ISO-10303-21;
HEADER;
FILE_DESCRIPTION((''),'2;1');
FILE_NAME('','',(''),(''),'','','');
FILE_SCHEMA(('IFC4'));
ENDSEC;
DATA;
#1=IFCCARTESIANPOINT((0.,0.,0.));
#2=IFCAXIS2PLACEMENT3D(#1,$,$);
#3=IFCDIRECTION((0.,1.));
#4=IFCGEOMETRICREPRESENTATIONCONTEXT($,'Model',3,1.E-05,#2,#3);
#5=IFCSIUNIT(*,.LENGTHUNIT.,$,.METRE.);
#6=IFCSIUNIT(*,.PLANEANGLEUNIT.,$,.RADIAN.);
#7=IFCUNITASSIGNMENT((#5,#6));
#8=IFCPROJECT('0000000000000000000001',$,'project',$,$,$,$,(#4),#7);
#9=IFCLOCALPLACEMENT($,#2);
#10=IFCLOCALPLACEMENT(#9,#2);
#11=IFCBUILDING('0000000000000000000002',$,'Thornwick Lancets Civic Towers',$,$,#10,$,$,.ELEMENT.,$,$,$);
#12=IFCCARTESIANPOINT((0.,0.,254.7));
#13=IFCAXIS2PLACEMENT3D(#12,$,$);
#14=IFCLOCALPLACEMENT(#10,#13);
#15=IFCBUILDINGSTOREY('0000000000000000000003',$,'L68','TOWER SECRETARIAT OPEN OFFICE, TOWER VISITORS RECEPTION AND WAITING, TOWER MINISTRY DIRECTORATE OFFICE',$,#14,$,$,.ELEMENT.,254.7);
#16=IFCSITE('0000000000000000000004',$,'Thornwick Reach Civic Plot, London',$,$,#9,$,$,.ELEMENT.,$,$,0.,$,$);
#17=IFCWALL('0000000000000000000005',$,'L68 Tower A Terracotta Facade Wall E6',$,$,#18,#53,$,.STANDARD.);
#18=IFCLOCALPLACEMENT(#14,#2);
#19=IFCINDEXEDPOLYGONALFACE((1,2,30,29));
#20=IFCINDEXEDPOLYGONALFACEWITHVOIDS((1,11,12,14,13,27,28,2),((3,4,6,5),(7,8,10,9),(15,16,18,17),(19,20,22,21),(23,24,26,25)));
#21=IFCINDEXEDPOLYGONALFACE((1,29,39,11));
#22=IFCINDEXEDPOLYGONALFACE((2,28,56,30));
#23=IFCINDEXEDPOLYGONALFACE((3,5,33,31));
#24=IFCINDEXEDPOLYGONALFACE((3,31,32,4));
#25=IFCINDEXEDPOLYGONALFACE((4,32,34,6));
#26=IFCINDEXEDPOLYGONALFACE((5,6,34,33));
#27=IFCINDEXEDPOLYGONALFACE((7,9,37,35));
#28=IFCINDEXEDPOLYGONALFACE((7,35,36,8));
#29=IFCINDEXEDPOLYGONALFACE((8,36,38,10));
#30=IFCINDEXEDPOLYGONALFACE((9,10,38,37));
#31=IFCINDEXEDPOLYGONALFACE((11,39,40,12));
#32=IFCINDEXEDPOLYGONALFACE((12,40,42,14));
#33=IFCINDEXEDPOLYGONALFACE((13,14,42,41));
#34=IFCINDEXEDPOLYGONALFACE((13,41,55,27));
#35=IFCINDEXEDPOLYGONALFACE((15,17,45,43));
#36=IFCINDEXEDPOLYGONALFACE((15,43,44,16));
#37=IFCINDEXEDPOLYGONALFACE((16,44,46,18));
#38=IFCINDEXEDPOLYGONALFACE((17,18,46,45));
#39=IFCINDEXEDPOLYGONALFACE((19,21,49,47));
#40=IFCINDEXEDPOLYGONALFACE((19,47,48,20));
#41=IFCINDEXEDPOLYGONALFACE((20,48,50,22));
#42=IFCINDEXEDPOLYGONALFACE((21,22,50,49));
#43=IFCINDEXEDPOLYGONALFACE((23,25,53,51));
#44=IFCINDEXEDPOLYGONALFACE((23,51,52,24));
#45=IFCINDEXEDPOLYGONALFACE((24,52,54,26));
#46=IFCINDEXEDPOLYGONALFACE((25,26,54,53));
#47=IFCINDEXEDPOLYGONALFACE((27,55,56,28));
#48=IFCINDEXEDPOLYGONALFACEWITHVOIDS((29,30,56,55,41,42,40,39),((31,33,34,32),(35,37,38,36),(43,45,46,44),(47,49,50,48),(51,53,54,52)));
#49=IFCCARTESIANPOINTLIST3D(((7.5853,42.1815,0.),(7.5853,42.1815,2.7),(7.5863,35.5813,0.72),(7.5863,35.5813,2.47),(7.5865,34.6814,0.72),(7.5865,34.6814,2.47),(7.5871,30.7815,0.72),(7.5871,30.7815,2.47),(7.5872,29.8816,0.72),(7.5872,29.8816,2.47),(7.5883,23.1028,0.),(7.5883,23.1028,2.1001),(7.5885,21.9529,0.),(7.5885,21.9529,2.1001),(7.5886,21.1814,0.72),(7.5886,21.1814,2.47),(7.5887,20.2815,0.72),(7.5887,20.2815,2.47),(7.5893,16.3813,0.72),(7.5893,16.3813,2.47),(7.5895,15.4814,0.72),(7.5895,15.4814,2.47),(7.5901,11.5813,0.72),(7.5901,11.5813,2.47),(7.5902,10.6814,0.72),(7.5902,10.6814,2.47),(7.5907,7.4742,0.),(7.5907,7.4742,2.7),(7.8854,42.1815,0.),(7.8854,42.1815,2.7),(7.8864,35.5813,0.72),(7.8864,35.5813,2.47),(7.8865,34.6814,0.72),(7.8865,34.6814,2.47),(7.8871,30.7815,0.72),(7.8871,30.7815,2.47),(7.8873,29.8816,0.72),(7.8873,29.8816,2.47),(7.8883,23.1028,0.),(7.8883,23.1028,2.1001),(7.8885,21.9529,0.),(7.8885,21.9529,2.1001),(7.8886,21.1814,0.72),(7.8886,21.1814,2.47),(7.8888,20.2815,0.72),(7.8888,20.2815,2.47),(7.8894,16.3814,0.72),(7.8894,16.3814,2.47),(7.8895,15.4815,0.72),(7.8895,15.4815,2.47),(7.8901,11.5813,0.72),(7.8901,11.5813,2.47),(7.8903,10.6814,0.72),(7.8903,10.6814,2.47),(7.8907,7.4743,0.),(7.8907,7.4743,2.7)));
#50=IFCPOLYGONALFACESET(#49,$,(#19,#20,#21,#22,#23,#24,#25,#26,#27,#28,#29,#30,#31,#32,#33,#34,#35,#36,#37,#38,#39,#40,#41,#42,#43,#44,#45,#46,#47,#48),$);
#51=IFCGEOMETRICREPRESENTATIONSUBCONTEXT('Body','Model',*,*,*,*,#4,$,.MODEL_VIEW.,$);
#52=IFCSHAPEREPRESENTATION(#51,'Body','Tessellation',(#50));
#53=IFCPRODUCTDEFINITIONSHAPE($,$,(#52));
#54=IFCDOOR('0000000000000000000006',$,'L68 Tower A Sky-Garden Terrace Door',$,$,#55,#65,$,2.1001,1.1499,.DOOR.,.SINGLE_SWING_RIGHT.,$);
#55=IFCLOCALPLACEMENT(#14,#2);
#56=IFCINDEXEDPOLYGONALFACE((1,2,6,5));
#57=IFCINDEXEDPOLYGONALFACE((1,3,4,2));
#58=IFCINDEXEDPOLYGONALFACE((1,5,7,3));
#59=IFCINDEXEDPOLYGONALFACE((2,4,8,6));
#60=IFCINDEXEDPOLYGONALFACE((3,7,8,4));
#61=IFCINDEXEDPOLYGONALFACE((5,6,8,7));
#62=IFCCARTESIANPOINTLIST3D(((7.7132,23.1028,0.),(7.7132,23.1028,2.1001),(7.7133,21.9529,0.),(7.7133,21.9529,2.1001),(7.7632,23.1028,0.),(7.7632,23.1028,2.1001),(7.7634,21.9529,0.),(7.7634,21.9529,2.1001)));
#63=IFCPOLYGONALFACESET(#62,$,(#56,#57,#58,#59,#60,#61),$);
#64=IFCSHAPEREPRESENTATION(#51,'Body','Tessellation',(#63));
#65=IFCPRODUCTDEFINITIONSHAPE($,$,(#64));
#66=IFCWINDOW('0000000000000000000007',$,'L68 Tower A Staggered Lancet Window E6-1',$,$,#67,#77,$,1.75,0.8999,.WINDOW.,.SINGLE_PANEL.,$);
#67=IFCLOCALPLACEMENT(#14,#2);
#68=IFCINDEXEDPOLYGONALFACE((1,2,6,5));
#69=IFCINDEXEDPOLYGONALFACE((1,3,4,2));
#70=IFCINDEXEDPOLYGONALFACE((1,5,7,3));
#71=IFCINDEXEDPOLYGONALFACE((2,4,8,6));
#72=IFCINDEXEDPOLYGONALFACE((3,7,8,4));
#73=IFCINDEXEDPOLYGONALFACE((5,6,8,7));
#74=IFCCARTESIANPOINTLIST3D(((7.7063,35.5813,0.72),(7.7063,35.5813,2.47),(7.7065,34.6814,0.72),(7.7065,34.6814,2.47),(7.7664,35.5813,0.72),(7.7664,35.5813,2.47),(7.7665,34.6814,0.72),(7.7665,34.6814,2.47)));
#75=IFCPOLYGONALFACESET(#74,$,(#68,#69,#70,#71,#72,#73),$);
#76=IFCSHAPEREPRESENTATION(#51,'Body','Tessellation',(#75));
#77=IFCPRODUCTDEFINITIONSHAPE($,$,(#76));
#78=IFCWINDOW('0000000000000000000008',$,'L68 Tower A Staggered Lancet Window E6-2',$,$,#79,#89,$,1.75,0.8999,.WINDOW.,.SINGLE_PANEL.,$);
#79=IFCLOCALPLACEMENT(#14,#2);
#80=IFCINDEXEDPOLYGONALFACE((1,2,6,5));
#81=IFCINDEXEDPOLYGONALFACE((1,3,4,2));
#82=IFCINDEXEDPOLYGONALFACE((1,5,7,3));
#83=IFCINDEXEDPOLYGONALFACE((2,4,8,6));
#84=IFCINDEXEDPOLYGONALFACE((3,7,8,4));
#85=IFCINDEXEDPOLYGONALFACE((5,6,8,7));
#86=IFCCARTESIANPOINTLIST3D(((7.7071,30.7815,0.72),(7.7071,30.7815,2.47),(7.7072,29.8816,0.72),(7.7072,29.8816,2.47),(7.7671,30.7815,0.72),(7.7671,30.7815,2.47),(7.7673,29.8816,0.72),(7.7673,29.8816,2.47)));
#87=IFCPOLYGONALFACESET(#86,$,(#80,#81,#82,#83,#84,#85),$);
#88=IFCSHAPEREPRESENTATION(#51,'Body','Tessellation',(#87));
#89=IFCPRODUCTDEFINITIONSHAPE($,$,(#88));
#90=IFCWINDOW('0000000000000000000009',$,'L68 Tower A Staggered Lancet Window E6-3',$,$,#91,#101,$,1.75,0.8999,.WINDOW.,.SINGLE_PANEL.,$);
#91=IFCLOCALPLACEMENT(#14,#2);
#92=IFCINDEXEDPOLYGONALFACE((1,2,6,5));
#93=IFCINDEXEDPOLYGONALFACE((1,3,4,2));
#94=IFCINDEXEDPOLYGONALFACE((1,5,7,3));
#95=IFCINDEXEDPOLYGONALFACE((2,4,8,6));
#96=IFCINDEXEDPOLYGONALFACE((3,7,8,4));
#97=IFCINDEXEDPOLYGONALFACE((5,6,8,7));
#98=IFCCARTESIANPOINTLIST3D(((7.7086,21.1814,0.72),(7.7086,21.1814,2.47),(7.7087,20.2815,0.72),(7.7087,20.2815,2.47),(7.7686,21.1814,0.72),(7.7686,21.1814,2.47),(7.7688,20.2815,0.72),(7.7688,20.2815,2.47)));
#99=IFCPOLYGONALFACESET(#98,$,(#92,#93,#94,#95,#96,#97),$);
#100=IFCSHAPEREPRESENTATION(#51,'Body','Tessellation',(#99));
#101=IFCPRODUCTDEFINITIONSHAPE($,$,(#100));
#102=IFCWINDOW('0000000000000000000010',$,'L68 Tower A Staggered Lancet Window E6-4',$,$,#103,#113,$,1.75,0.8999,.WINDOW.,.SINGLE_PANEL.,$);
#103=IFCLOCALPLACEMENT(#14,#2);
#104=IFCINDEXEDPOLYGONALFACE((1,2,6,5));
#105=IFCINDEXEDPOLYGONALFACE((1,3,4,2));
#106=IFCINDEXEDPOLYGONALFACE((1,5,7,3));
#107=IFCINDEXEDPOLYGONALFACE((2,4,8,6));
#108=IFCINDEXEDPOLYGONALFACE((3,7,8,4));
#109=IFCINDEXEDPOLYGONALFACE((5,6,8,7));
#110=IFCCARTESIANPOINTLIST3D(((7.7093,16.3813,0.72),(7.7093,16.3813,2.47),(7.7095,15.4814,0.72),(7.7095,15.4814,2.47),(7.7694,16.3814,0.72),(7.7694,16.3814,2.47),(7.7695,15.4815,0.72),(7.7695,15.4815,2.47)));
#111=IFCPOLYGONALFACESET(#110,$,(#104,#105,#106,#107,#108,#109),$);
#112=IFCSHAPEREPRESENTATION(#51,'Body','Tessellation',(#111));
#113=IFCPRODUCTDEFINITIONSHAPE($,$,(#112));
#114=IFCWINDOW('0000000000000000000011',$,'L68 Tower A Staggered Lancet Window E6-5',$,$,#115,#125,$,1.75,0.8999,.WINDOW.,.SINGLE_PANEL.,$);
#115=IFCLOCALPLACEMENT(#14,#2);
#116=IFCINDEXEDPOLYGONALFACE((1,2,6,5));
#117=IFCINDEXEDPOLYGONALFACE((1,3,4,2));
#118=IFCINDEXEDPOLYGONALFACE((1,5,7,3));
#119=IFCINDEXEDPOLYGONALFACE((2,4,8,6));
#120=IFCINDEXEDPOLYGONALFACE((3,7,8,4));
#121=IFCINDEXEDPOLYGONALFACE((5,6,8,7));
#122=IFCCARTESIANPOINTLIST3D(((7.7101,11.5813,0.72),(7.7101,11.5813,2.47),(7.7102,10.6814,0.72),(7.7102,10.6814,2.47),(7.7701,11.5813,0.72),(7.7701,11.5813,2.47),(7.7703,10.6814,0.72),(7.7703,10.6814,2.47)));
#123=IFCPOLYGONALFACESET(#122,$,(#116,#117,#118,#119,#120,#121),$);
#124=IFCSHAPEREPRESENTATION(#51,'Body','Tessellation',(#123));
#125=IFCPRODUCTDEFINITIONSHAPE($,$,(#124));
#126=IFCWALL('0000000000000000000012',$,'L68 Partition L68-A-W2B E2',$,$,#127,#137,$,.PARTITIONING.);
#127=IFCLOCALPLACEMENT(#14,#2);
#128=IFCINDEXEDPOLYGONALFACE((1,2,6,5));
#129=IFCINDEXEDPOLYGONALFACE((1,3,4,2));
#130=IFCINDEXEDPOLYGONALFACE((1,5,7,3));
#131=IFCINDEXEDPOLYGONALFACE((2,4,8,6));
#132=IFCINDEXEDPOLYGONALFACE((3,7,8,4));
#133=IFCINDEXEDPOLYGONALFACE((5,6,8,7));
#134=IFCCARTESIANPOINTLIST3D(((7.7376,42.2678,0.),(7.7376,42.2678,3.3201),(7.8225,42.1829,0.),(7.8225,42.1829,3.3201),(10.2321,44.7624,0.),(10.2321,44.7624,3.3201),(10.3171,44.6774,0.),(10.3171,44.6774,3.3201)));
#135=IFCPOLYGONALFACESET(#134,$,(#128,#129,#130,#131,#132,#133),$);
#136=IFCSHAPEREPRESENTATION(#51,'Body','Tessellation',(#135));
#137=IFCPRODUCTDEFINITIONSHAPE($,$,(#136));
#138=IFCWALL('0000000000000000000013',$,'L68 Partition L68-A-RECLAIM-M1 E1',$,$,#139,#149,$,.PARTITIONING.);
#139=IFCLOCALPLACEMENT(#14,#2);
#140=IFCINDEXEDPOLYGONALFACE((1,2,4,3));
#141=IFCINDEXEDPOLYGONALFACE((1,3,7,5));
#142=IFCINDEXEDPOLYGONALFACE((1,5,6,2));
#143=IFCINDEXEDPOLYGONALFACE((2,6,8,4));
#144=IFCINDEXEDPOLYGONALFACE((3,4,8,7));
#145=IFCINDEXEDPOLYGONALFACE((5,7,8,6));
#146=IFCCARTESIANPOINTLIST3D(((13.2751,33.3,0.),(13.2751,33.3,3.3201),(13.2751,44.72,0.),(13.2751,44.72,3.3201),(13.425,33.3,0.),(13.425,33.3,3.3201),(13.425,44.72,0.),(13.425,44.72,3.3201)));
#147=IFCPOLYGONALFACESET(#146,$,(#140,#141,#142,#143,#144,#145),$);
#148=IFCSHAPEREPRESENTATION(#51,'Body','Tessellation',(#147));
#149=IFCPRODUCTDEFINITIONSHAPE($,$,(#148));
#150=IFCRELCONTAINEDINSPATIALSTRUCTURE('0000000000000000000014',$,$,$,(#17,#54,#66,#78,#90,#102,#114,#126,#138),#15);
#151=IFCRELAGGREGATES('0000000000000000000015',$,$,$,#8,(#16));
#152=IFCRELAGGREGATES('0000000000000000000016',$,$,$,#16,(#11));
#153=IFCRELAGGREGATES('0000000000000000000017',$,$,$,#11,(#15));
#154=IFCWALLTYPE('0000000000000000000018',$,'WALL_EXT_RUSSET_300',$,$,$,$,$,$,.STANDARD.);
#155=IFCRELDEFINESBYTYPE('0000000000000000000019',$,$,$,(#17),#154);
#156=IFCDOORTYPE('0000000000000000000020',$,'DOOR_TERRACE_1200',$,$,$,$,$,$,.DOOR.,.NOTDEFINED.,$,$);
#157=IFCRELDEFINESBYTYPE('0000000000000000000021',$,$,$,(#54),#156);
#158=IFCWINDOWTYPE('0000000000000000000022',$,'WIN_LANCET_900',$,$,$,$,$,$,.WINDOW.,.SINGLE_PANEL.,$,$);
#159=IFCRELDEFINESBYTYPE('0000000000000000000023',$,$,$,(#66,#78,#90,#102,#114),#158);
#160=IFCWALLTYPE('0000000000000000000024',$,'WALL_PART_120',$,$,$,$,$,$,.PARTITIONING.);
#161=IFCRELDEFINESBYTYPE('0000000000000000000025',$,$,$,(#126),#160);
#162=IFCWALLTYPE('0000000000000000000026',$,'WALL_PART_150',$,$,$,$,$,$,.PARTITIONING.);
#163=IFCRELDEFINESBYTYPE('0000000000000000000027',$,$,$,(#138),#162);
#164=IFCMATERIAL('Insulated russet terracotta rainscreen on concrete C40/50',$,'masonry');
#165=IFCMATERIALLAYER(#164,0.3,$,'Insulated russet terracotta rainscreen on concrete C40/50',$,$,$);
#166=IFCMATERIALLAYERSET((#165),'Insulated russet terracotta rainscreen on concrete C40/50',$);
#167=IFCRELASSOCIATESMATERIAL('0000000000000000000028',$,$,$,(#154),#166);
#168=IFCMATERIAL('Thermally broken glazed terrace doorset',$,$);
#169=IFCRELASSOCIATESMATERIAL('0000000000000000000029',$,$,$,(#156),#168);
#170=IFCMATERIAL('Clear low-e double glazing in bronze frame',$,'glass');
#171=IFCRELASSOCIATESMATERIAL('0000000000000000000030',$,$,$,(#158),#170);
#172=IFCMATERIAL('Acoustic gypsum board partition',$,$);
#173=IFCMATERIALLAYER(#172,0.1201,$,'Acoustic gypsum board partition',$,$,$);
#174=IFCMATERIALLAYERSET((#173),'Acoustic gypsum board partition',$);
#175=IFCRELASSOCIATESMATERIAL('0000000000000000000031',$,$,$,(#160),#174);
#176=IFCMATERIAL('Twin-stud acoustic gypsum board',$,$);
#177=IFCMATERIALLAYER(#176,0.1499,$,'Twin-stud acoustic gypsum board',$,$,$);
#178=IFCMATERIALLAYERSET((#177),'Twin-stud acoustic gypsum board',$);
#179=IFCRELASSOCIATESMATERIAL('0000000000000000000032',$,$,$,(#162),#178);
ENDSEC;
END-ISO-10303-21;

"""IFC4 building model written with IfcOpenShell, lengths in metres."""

from ifc_helpers import new_model, si_unit, direction, frame, frame_2d, origin, place, context, subcontext, project, spatial, rectangle, extrude, material, layer, layer_set, type_object, element, fill, save


model = new_model("IFC4")

# Units and contexts
model_context = context("Model", 3, precision=1e-05, world=origin(), true_north=direction((0.0, 1.0)))
body_context = subcontext(model_context, "Body", "Model", "MODEL_VIEW")
ifc_project = project(units=[si_unit("LENGTHUNIT", "METRE"), si_unit("PLANEANGLEUNIT", "RADIAN")], contexts=[model_context])

# Site, building, storey
site_placement = place(None, origin())
site = spatial("IfcSite", under=ifc_project, at=site_placement, Name="Thornwick Reach Civic Plot, London", CompositionType="ELEMENT", RefElevation=0.0)
building_placement = place(site_placement, origin())
building = spatial("IfcBuilding", under=site, at=building_placement, Name="Thornwick Lancets Civic Towers", CompositionType="ELEMENT")
storey_placement = place(building_placement, frame((0.0, 0.0, 254.7)))
storey = spatial("IfcBuildingStorey", under=building, at=storey_placement, Name="L68", Description="TOWER SECRETARIAT OPEN OFFICE, TOWER VISITORS RECEPTION AND WAITING, TOWER MINISTRY DIRECTORATE OFFICE", CompositionType="ELEMENT", Elevation=254.7)

# Wall, openings, door, windows
ifc_material_1 = material(Name="Insulated russet terracotta rainscreen on concrete C40/50", Category="masonry")
ifc_layer_1 = layer(ifc_material_1, 0.3, Name="Insulated russet terracotta rainscreen on concrete C40/50")
ifc_layer_set_1 = layer_set([ifc_layer_1], Name="Insulated russet terracotta rainscreen on concrete C40/50")
wall_type_1 = type_object("IfcWallType", Name="WALL_EXT_RUSSET_300", PredefinedType="STANDARD", material=ifc_layer_set_1)
wall_1_placement = place(storey_placement, frame((7.7354, 42.1814, 0.0), z_axis=(0.0, 0.0, 1.0), x_axis=(0.000155, -1.0, 0.0)))
wall_1 = element("IfcWall", 1, at=wall_1_placement, inside=storey, type_object=wall_type_1, Name="L68 Tower A Terracotta Facade Wall E6", PredefinedType="STANDARD", context=body_context, shape_type="SweptSolid", body=[
    extrude(rectangle(XDim=34.7073, YDim=0.3, at=frame_2d((17.3535, 0.0))), origin(), (0.0, 0.0, 1.0), 2.7),
])
opening_1_placement = place(wall_1_placement, frame((19.0786, 0.0, 0.0)))
opening_1 = element("IfcOpeningElement", 2, at=opening_1_placement, cuts=wall_1, PredefinedType="OPENING", context=body_context, shape_type="SweptSolid", body=[
    extrude(rectangle(XDim=1.1499, YDim=2.1001, at=frame_2d((0.575, 1.05))), frame((0.0, 0.1602, 0.0), z_axis=(0.0, -1.0, 0.0), x_axis=(1.0, 0.0, 0.0)), (0.0, 0.0, 1.0), 0.3201),
])
opening_2_placement = place(wall_1_placement, frame((6.6001, 0.0, 0.72)))
opening_2 = element("IfcOpeningElement", 3, at=opening_2_placement, cuts=wall_1, PredefinedType="OPENING", context=body_context, shape_type="SweptSolid", body=[
    extrude(rectangle(XDim=0.8999, YDim=1.75, at=frame_2d((0.45, 0.875))), frame((0.0, 0.1602, 0.0), z_axis=(0.0, -1.0, 0.0), x_axis=(1.0, 0.0, 0.0)), (0.0, 0.0, 1.0), 0.3201),
])
opening_3_placement = place(wall_1_placement, frame((11.3999, 0.0, 0.72)))
opening_3 = element("IfcOpeningElement", 4, at=opening_3_placement, cuts=wall_1, PredefinedType="OPENING", context=body_context, shape_type="SweptSolid", body=[
    extrude(rectangle(XDim=0.8999, YDim=1.75, at=frame_2d((0.45, 0.875))), frame((0.0, 0.1602, 0.0), z_axis=(0.0, -1.0, 0.0), x_axis=(1.0, 0.0, 0.0)), (0.0, 0.0, 1.0), 0.3201),
])
opening_4_placement = place(wall_1_placement, frame((21.0, 0.0, 0.72)))
opening_4 = element("IfcOpeningElement", 5, at=opening_4_placement, cuts=wall_1, PredefinedType="OPENING", context=body_context, shape_type="SweptSolid", body=[
    extrude(rectangle(XDim=0.8999, YDim=1.75, at=frame_2d((0.45, 0.875))), frame((0.0, 0.1602, 0.0), z_axis=(0.0, -1.0, 0.0), x_axis=(1.0, 0.0, 0.0)), (0.0, 0.0, 1.0), 0.3201),
])
opening_5_placement = place(wall_1_placement, frame((25.8, 0.0, 0.72)))
opening_5 = element("IfcOpeningElement", 6, at=opening_5_placement, cuts=wall_1, PredefinedType="OPENING", context=body_context, shape_type="SweptSolid", body=[
    extrude(rectangle(XDim=0.8999, YDim=1.75, at=frame_2d((0.45, 0.875))), frame((0.0, 0.1602, 0.0), z_axis=(0.0, -1.0, 0.0), x_axis=(1.0, 0.0, 0.0)), (0.0, 0.0, 1.0), 0.3201),
])
opening_6_placement = place(wall_1_placement, frame((30.6001, 0.0, 0.72)))
opening_6 = element("IfcOpeningElement", 7, at=opening_6_placement, cuts=wall_1, PredefinedType="OPENING", context=body_context, shape_type="SweptSolid", body=[
    extrude(rectangle(XDim=0.8999, YDim=1.75, at=frame_2d((0.45, 0.875))), frame((0.0, 0.1602, 0.0), z_axis=(0.0, -1.0, 0.0), x_axis=(1.0, 0.0, 0.0)), (0.0, 0.0, 1.0), 0.3201),
])
ifc_material_2 = material(Name="Thermally broken glazed terrace doorset")
door_type_1 = type_object("IfcDoorType", Name="DOOR_TERRACE_1200", OperationType="NOTDEFINED", PredefinedType="DOOR", material=ifc_material_2)
door_1_placement = place(opening_1_placement, origin())
door_1 = element("IfcDoor", 8, at=door_1_placement, inside=storey, type_object=door_type_1, Name="L68 Tower A Sky-Garden Terrace Door", OperationType="SINGLE_SWING_RIGHT", OverallHeight=2.1001, OverallWidth=1.1499, PredefinedType="DOOR", context=body_context, shape_type="SweptSolid", body=[
    extrude(rectangle(XDim=1.1499, YDim=2.1001, at=frame_2d((0.575, 1.05))), frame((0.0, 0.0249, 0.0), z_axis=(0.0, -1.0, 0.0), x_axis=(1.0, 0.0, 0.0)), (0.0, 0.0, 1.0), 0.05),
])
fill(opening_1, door_1)
ifc_material_3 = material(Name="Clear low-e double glazing in bronze frame", Category="glass")
window_type = type_object("IfcWindowType", Name="WIN_LANCET_900", PartitioningType="SINGLE_PANEL", PredefinedType="WINDOW", material=ifc_material_3)
window_1_placement = place(opening_2_placement, origin())
window_1 = element("IfcWindow", 9, at=window_1_placement, inside=storey, type_object=window_type, Name="L68 Tower A Staggered Lancet Window E6-1", OverallHeight=1.75, OverallWidth=0.8999, PartitioningType="SINGLE_PANEL", PredefinedType="WINDOW", context=body_context, shape_type="SweptSolid", body=[
    extrude(rectangle(XDim=0.8999, YDim=1.75, at=frame_2d((0.45, 0.875))), frame((0.0, 0.03, 0.0), z_axis=(0.0, -1.0, 0.0), x_axis=(1.0, 0.0, 0.0)), (0.0, 0.0, 1.0), 0.0601),
])
fill(opening_2, window_1)
window_2_placement = place(opening_3_placement, origin())
window_2 = element("IfcWindow", 10, at=window_2_placement, inside=storey, type_object=window_type, Name="L68 Tower A Staggered Lancet Window E6-2", OverallHeight=1.75, OverallWidth=0.8999, PartitioningType="SINGLE_PANEL", PredefinedType="WINDOW", context=body_context, shape_type="SweptSolid", body=[
    extrude(rectangle(XDim=0.8999, YDim=1.75, at=frame_2d((0.45, 0.875))), frame((0.0, 0.03, 0.0), z_axis=(0.0, -1.0, 0.0), x_axis=(1.0, 0.0, 0.0)), (0.0, 0.0, 1.0), 0.0601),
])
fill(opening_3, window_2)
window_3_placement = place(opening_4_placement, origin())
window_3 = element("IfcWindow", 11, at=window_3_placement, inside=storey, type_object=window_type, Name="L68 Tower A Staggered Lancet Window E6-3", OverallHeight=1.75, OverallWidth=0.8999, PartitioningType="SINGLE_PANEL", PredefinedType="WINDOW", context=body_context, shape_type="SweptSolid", body=[
    extrude(rectangle(XDim=0.8999, YDim=1.75, at=frame_2d((0.45, 0.875))), frame((0.0, 0.03, 0.0), z_axis=(0.0, -1.0, 0.0), x_axis=(1.0, 0.0, 0.0)), (0.0, 0.0, 1.0), 0.0601),
])
fill(opening_4, window_3)
window_4_placement = place(opening_5_placement, origin())
window_4 = element("IfcWindow", 12, at=window_4_placement, inside=storey, type_object=window_type, Name="L68 Tower A Staggered Lancet Window E6-4", OverallHeight=1.75, OverallWidth=0.8999, PartitioningType="SINGLE_PANEL", PredefinedType="WINDOW", context=body_context, shape_type="SweptSolid", body=[
    extrude(rectangle(XDim=0.8999, YDim=1.75, at=frame_2d((0.45, 0.875))), frame((0.0, 0.03, 0.0), z_axis=(0.0, -1.0, 0.0), x_axis=(1.0, 0.0, 0.0)), (0.0, 0.0, 1.0), 0.0601),
])
fill(opening_5, window_4)
window_5_placement = place(opening_6_placement, origin())
window_5 = element("IfcWindow", 13, at=window_5_placement, inside=storey, type_object=window_type, Name="L68 Tower A Staggered Lancet Window E6-5", OverallHeight=1.75, OverallWidth=0.8999, PartitioningType="SINGLE_PANEL", PredefinedType="WINDOW", context=body_context, shape_type="SweptSolid", body=[
    extrude(rectangle(XDim=0.8999, YDim=1.75, at=frame_2d((0.45, 0.875))), frame((0.0, 0.03, 0.0), z_axis=(0.0, -1.0, 0.0), x_axis=(1.0, 0.0, 0.0)), (0.0, 0.0, 1.0), 0.0601),
])
fill(opening_6, window_5)

# Walls
ifc_material_4 = material(Name="Acoustic gypsum board partition")
ifc_layer_2 = layer(ifc_material_4, 0.1201, Name="Acoustic gypsum board partition")
ifc_layer_set_2 = layer_set([ifc_layer_2], Name="Acoustic gypsum board partition")
wall_type_2 = type_object("IfcWallType", Name="WALL_PART_120", PredefinedType="PARTITIONING", material=ifc_layer_set_2)
wall_2_placement = place(storey_placement, frame((7.78, 42.2253, 0.0), z_axis=(0.0, 0.0, 1.0), x_axis=(0.707107, 0.707107, 0.0)))
element("IfcWall", 14, at=wall_2_placement, inside=storey, type_object=wall_type_2, Name="L68 Partition L68-A-W2B E2", PredefinedType="PARTITIONING", context=body_context, shape_type="SweptSolid", body=[
    extrude(rectangle(XDim=3.5278, YDim=0.1201, at=frame_2d((1.7639, 0.0))), origin(), (0.0, 0.0, 1.0), 3.3201),
])
ifc_material_5 = material(Name="Twin-stud acoustic gypsum board")
ifc_layer_3 = layer(ifc_material_5, 0.1499, Name="Twin-stud acoustic gypsum board")
ifc_layer_set_3 = layer_set([ifc_layer_3], Name="Twin-stud acoustic gypsum board")
wall_type_3 = type_object("IfcWallType", Name="WALL_PART_150", PredefinedType="PARTITIONING", material=ifc_layer_set_3)
wall_3_placement = place(storey_placement, frame((13.3501, 33.3, 0.0), z_axis=(0.0, 0.0, 1.0), x_axis=(0.0, 1.0, 0.0)))
element("IfcWall", 15, at=wall_3_placement, inside=storey, type_object=wall_type_3, Name="L68 Partition L68-A-RECLAIM-M1 E1", PredefinedType="PARTITIONING", context=body_context, shape_type="SweptSolid", body=[
    extrude(rectangle(XDim=11.4199, YDim=0.1499, at=frame_2d((5.71, 0.0))), origin(), (0.0, 0.0, 1.0), 3.3201),
])

save(model, "model.ifc")
